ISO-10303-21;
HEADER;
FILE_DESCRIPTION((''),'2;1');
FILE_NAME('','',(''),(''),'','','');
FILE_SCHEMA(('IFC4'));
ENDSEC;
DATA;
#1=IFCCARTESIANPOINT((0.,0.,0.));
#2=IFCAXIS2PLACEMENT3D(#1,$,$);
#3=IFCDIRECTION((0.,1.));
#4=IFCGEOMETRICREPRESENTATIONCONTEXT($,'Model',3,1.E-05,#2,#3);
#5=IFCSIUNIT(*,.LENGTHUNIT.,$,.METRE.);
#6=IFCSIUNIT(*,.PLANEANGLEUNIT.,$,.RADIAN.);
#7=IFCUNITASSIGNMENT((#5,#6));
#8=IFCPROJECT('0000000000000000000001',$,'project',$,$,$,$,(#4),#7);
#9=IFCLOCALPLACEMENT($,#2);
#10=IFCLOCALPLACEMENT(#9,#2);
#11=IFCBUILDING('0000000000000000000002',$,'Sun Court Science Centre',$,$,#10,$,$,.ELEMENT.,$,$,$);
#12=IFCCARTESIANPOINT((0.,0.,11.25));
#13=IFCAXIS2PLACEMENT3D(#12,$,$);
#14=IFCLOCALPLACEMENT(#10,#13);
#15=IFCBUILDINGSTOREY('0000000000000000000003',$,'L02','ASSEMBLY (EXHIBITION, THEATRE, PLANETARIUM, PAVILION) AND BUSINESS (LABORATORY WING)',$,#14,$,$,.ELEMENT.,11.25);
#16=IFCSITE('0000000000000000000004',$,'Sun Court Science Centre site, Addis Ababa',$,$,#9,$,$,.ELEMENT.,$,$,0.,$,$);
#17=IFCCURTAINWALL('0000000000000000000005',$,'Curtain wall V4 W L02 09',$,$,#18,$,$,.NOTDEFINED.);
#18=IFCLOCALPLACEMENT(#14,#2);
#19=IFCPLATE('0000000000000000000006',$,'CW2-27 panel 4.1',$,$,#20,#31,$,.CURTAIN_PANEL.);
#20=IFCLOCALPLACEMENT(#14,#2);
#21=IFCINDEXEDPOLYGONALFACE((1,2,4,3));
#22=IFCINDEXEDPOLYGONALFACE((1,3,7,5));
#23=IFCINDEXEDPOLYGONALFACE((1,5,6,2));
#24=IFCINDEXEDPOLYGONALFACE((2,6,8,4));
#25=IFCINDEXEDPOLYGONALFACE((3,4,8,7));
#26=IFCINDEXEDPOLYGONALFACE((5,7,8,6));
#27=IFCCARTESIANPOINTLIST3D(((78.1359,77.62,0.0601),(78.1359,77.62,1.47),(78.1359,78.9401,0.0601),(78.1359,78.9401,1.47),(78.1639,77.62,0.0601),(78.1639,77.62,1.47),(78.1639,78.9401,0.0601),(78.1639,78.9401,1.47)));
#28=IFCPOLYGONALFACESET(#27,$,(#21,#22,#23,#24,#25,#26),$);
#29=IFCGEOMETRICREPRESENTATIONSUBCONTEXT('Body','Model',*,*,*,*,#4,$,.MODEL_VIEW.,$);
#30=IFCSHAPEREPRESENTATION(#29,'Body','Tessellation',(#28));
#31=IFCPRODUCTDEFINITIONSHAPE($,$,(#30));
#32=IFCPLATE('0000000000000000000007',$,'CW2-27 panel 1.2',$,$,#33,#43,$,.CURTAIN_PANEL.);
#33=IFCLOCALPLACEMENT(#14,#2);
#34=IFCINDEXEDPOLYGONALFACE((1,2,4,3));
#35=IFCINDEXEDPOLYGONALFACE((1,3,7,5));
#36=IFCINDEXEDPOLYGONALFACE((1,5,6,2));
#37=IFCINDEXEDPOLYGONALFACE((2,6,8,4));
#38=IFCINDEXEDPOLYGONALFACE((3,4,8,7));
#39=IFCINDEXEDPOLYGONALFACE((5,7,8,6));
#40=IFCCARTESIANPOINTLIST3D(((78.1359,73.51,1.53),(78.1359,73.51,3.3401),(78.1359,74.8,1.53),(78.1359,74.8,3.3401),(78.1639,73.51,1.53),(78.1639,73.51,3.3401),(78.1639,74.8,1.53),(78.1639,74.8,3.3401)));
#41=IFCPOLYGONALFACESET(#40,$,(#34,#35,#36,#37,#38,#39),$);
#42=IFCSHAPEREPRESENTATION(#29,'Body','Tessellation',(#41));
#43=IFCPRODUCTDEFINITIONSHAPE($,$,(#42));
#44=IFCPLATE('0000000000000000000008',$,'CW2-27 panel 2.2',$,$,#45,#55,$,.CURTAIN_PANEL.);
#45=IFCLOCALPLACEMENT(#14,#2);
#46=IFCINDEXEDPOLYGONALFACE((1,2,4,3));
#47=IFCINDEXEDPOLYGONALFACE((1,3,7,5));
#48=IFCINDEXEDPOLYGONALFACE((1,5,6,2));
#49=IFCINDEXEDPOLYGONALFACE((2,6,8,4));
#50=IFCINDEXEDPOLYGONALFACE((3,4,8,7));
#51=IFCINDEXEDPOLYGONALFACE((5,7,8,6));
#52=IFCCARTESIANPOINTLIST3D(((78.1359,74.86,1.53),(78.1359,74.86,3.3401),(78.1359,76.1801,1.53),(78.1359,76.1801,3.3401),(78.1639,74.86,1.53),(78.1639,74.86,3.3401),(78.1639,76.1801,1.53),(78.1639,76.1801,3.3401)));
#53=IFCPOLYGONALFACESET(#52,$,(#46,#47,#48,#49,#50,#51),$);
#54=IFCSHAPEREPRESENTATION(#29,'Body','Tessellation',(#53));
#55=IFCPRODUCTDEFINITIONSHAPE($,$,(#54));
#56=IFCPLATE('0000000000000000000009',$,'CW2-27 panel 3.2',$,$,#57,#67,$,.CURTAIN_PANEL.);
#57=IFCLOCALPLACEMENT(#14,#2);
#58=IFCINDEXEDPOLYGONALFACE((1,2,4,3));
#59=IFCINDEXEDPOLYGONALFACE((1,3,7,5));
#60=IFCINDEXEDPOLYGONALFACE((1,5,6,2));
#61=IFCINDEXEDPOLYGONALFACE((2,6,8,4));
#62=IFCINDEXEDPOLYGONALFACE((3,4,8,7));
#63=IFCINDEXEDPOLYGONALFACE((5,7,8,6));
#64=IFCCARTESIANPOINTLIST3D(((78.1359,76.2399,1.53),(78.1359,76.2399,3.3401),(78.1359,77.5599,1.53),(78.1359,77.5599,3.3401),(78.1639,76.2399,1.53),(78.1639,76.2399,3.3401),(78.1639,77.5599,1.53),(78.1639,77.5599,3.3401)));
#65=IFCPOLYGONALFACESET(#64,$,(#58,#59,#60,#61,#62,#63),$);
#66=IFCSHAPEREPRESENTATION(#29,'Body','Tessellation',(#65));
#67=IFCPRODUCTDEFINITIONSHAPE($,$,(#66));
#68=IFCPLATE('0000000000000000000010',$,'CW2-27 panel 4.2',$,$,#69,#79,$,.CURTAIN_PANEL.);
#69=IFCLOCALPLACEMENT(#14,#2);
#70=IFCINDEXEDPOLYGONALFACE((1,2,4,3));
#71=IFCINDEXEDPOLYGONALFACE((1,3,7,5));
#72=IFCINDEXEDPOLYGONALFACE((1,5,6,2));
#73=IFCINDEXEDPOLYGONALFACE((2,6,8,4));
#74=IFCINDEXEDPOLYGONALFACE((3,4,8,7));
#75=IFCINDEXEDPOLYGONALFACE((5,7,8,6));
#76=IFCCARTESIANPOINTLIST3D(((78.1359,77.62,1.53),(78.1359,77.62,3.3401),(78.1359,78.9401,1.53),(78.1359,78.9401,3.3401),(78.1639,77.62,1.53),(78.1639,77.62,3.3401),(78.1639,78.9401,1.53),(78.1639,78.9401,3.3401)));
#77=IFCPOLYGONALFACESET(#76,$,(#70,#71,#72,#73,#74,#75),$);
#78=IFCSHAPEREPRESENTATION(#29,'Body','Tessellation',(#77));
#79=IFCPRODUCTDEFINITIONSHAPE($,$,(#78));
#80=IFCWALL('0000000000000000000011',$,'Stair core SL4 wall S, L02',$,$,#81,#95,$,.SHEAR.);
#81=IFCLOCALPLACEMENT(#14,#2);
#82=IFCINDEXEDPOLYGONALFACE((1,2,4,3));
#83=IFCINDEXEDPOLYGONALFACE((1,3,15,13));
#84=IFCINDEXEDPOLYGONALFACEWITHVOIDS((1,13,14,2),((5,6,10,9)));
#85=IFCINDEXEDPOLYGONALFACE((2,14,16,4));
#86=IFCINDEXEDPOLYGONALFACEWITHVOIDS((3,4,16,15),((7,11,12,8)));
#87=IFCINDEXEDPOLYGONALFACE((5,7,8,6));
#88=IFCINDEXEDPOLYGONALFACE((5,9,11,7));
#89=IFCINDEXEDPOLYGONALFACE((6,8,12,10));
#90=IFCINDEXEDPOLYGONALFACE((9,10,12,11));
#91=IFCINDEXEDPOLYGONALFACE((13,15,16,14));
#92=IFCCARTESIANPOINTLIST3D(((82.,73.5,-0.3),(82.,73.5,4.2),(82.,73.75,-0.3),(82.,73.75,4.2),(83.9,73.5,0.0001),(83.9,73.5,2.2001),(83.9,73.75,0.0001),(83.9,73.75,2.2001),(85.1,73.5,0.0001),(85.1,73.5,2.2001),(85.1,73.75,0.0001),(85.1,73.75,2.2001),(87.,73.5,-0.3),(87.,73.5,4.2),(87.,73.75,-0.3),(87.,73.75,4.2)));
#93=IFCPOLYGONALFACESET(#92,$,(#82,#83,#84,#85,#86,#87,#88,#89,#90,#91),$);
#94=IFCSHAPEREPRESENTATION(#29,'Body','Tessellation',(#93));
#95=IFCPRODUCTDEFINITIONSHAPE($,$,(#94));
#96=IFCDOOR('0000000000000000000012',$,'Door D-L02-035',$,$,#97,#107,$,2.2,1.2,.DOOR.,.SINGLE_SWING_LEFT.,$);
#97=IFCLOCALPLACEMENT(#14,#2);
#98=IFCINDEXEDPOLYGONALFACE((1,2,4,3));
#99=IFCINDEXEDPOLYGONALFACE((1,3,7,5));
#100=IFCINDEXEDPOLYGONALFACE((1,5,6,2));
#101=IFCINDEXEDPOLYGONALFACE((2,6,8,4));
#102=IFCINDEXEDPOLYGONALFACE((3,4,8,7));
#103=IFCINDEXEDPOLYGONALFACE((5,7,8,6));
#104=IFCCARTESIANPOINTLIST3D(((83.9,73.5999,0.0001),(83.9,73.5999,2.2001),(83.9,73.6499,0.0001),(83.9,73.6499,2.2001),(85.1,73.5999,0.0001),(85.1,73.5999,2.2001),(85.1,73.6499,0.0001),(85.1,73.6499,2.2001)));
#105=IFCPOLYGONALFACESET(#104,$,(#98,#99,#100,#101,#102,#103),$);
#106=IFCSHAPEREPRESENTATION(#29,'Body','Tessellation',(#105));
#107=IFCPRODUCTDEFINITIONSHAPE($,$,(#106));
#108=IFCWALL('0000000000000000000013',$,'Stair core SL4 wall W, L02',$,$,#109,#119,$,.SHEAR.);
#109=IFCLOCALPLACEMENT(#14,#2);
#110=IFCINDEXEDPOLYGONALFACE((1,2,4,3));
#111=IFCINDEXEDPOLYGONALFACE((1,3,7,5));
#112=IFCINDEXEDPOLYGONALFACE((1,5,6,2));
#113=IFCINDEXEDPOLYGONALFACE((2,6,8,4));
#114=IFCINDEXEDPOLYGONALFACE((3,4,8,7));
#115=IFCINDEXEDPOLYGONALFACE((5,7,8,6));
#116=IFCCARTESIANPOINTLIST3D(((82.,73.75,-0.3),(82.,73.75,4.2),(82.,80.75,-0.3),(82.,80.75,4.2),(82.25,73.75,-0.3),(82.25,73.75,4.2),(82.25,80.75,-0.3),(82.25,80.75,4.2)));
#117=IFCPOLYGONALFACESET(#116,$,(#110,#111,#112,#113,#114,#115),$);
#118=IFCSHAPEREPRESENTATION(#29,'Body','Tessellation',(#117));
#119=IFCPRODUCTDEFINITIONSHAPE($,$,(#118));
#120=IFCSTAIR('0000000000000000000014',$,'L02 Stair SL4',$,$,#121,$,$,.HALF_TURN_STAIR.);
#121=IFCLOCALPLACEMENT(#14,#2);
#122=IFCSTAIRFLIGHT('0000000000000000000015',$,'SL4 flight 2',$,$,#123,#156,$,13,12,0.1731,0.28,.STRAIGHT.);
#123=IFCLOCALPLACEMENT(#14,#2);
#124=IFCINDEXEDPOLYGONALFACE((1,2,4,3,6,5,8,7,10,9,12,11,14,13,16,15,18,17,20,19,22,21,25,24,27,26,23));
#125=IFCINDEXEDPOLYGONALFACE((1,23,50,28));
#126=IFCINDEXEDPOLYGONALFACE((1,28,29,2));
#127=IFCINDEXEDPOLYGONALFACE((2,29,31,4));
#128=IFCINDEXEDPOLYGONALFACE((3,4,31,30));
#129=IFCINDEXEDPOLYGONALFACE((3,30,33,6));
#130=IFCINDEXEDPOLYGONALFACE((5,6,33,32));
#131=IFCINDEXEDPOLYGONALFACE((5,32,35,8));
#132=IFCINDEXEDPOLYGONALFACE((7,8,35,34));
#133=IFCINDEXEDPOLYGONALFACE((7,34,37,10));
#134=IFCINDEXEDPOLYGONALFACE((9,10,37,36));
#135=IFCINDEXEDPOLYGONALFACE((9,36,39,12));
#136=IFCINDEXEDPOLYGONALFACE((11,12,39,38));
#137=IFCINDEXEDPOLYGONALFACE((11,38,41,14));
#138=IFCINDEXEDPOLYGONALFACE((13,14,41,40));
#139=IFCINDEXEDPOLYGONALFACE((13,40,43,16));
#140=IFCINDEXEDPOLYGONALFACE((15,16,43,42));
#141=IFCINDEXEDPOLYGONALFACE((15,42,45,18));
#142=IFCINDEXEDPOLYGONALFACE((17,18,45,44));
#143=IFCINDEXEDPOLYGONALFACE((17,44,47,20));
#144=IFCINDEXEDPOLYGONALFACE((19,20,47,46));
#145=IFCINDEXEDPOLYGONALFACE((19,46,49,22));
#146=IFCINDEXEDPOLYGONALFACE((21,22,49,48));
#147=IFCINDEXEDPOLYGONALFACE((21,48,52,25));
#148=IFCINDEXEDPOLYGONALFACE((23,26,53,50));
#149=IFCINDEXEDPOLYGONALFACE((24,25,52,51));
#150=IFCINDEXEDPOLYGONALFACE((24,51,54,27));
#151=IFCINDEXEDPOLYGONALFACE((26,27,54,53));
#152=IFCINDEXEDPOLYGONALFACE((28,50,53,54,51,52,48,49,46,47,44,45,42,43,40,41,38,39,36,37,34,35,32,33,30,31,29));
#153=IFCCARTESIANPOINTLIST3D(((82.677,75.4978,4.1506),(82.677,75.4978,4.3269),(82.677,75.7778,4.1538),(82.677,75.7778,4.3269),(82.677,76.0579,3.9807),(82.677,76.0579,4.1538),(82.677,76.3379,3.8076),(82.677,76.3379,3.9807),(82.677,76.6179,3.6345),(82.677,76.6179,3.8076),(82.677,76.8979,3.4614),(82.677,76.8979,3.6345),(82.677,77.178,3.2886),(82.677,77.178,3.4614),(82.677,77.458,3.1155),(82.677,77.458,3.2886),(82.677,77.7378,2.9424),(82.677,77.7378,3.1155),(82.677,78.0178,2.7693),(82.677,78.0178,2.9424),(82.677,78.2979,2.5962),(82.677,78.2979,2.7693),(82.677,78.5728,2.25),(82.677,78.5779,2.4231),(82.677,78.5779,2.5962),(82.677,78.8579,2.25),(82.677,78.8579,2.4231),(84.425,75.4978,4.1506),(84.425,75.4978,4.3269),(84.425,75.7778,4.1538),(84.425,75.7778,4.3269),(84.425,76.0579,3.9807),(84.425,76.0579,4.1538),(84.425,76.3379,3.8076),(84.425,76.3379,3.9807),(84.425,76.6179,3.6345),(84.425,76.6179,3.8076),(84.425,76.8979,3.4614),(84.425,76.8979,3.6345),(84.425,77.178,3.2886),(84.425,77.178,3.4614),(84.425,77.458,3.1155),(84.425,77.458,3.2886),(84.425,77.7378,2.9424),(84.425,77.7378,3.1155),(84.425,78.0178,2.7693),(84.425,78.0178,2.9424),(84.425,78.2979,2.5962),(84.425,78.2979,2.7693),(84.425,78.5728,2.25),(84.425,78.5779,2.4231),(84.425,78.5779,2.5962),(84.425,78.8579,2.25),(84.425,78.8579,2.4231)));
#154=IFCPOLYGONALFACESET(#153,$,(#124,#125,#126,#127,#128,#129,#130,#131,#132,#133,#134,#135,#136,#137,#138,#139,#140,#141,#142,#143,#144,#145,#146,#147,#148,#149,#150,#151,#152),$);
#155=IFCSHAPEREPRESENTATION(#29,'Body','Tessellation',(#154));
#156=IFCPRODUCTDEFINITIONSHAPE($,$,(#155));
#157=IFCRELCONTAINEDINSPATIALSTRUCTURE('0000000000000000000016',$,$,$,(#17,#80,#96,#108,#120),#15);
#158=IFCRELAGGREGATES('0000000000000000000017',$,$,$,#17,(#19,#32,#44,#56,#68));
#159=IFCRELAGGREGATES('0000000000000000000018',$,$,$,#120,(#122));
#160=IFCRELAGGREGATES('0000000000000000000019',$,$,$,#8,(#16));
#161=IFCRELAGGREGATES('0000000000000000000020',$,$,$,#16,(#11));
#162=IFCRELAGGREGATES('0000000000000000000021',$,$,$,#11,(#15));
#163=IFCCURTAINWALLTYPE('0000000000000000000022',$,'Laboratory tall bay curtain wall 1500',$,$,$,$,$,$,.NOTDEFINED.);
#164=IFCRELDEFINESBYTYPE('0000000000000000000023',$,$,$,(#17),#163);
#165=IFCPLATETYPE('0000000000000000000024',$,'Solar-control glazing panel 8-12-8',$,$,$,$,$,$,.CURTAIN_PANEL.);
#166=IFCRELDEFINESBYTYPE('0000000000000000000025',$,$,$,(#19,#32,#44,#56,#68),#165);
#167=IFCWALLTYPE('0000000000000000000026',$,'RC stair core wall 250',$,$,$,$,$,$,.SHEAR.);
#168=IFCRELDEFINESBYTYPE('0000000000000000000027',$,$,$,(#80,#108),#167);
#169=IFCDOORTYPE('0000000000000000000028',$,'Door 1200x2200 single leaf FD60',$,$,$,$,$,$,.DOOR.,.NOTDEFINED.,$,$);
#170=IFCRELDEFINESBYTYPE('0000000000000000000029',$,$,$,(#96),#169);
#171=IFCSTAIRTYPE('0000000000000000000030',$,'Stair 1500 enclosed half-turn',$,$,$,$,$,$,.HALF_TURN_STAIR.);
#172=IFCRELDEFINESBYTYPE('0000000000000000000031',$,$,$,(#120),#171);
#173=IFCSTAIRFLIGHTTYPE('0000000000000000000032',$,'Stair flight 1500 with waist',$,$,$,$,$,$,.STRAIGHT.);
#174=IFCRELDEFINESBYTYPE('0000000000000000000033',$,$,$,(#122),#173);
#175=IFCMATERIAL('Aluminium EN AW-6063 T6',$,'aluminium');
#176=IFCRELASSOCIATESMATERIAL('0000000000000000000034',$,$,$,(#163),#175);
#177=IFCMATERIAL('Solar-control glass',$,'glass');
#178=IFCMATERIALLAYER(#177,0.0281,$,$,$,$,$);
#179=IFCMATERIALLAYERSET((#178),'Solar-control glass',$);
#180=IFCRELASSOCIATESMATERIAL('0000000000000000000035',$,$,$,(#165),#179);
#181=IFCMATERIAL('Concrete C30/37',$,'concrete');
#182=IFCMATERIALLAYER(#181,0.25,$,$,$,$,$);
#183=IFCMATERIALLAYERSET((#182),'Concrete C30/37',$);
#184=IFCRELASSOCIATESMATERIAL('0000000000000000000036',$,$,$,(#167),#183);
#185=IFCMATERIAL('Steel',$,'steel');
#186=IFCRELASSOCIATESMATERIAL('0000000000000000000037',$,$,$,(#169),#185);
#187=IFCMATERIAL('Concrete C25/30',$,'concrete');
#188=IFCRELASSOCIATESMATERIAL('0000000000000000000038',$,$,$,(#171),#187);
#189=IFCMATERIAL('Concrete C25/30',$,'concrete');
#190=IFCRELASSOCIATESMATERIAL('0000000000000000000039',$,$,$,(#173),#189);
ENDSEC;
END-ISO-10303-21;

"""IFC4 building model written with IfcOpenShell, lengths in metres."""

from ifc_helpers import new_model, si_unit, direction, frame, frame_2d, origin, origin_2d, place, context, subcontext, project, spatial, polyline, rectangle, outline, extrude, material, layer, layer_set, type_object, element, fill, aggregate, save


model = new_model("IFC4")

# Units and contexts
model_context = context("Model", 3, precision=1e-05, world=origin(), true_north=direction((0.0, 1.0)))
body_context = subcontext(model_context, "Body", "Model", "MODEL_VIEW")
ifc_project = project(units=[si_unit("LENGTHUNIT", "METRE"), si_unit("PLANEANGLEUNIT", "RADIAN")], contexts=[model_context])

# Site, building, storey
site_placement = place(None, origin())
site = spatial("IfcSite", under=ifc_project, at=site_placement, Name="Sun Court Science Centre site, Addis Ababa", CompositionType="ELEMENT", RefElevation=0.0)
building_placement = place(site_placement, origin())
building = spatial("IfcBuilding", under=site, at=building_placement, Name="Sun Court Science Centre", CompositionType="ELEMENT")
storey_placement = place(building_placement, frame((0.0, 0.0, 11.25)))
storey = spatial("IfcBuildingStorey", under=building, at=storey_placement, Name="L02", Description="ASSEMBLY (EXHIBITION, THEATRE, PLANETARIUM, PAVILION) AND BUSINESS (LABORATORY WING)", CompositionType="ELEMENT", Elevation=11.25)

# Curtain wall
ifc_material_1 = material(Name="Aluminium EN AW-6063 T6", Category="aluminium")
curtain_wall_type = type_object("IfcCurtainWallType", Name="Laboratory tall bay curtain wall 1500", PredefinedType="NOTDEFINED", material=ifc_material_1)
curtain_wall_placement = place(storey_placement, origin())
curtain_wall = element("IfcCurtainWall", 1, at=curtain_wall_placement, inside=storey, type_object=curtain_wall_type, Name="Curtain wall V4 W L02 09", PredefinedType="NOTDEFINED")

# Plates
ifc_material_2 = material(Name="Solar-control glass", Category="glass")
ifc_layer_1 = layer(ifc_material_2, 0.0281)
ifc_layer_set_1 = layer_set([ifc_layer_1], Name="Solar-control glass")
plate_type = type_object("IfcPlateType", Name="Solar-control glazing panel 8-12-8", PredefinedType="CURTAIN_PANEL", material=ifc_layer_set_1)
plate_1_placement = place(storey_placement, frame((78.1499, 78.28, 0.0601), z_axis=(0.0, 0.0, 1.0), x_axis=(0.0, 1.0, 0.0)))
plate_1 = element("IfcPlate", 2, at=plate_1_placement, type_object=plate_type, Name="CW2-27 panel 4.1", PredefinedType="CURTAIN_PANEL", context=body_context, shape_type="SweptSolid", body=[
    extrude(rectangle(XDim=1.3201, YDim=0.0281, at=origin_2d()), origin(), (0.0, 0.0, 1.0), 1.4099),
])
plate_2_placement = place(storey_placement, frame((78.1499, 74.155, 1.53), z_axis=(0.0, 0.0, 1.0), x_axis=(0.0, 1.0, 0.0)))
plate_2 = element("IfcPlate", 3, at=plate_2_placement, type_object=plate_type, Name="CW2-27 panel 1.2", PredefinedType="CURTAIN_PANEL", context=body_context, shape_type="SweptSolid", body=[
    extrude(rectangle(XDim=1.29, YDim=0.0281, at=origin_2d()), origin(), (0.0, 0.0, 1.0), 1.8101),
])
plate_3_placement = place(storey_placement, frame((78.1499, 75.52, 1.53), z_axis=(0.0, 0.0, 1.0), x_axis=(0.0, 1.0, 0.0)))
plate_3 = element("IfcPlate", 4, at=plate_3_placement, type_object=plate_type, Name="CW2-27 panel 2.2", PredefinedType="CURTAIN_PANEL", context=body_context, shape_type="SweptSolid", body=[
    extrude(rectangle(XDim=1.3201, YDim=0.0281, at=origin_2d()), origin(), (0.0, 0.0, 1.0), 1.8101),
])
plate_4_placement = place(storey_placement, frame((78.1499, 76.8999, 1.53), z_axis=(0.0, 0.0, 1.0), x_axis=(0.0, 1.0, 0.0)))
plate_4 = element("IfcPlate", 5, at=plate_4_placement, type_object=plate_type, Name="CW2-27 panel 3.2", PredefinedType="CURTAIN_PANEL", context=body_context, shape_type="SweptSolid", body=[
    extrude(rectangle(XDim=1.3201, YDim=0.0281, at=origin_2d()), origin(), (0.0, 0.0, 1.0), 1.8101),
])
plate_5_placement = place(storey_placement, frame((78.1499, 78.28, 1.53), z_axis=(0.0, 0.0, 1.0), x_axis=(0.0, 1.0, 0.0)))
plate_5 = element("IfcPlate", 6, at=plate_5_placement, type_object=plate_type, Name="CW2-27 panel 4.2", PredefinedType="CURTAIN_PANEL", context=body_context, shape_type="SweptSolid", body=[
    extrude(rectangle(XDim=1.3201, YDim=0.0281, at=origin_2d()), origin(), (0.0, 0.0, 1.0), 1.8101),
])
aggregate(curtain_wall, [plate_1, plate_2, plate_3, plate_4, plate_5])

# Wall, opening, door
ifc_material_3 = material(Name="Concrete C30/37", Category="concrete")
ifc_layer_2 = layer(ifc_material_3, 0.25)
ifc_layer_set_2 = layer_set([ifc_layer_2], Name="Concrete C30/37")
wall_type = type_object("IfcWallType", Name="RC stair core wall 250", PredefinedType="SHEAR", material=ifc_layer_set_2)
wall_1_placement = place(storey_placement, frame((82.0, 73.625, -0.3), z_axis=(0.0, 0.0, 1.0), x_axis=(1.0, 0.0, 0.0)))
wall_1 = element("IfcWall", 7, at=wall_1_placement, inside=storey, type_object=wall_type, Name="Stair core SL4 wall S, L02", PredefinedType="SHEAR", context=body_context, shape_type="SweptSolid", body=[
    extrude(rectangle(XDim=5.0, YDim=0.25, at=frame_2d((2.5, 0.0))), origin(), (0.0, 0.0, 1.0), 4.5),
])
opening_placement = place(wall_1_placement, frame((1.8999, 0.0, 0.3)))
opening = element("IfcOpeningElement", 8, at=opening_placement, cuts=wall_1, PredefinedType="OPENING", context=body_context, shape_type="SweptSolid", body=[
    extrude(rectangle(XDim=1.2, YDim=2.2, at=frame_2d((0.6001, 1.1001))), frame((0.0, 0.135, 0.0), z_axis=(0.0, -1.0, 0.0), x_axis=(1.0, 0.0, 0.0)), (0.0, 0.0, 1.0), 0.27),
])
ifc_material_4 = material(Name="Steel", Category="steel")
door_type = type_object("IfcDoorType", Name="Door 1200x2200 single leaf FD60", OperationType="NOTDEFINED", PredefinedType="DOOR", material=ifc_material_4)
door_placement = place(opening_placement, origin())
door = element("IfcDoor", 9, at=door_placement, inside=storey, type_object=door_type, Name="Door D-L02-035", OperationType="SINGLE_SWING_LEFT", OverallHeight=2.2, OverallWidth=1.2, PredefinedType="DOOR", context=body_context, shape_type="SweptSolid", body=[
    extrude(rectangle(XDim=1.2, YDim=2.2, at=frame_2d((0.6001, 1.1001))), frame((0.0, 0.0249, 0.0), z_axis=(0.0, -1.0, 0.0), x_axis=(1.0, 0.0, 0.0)), (0.0, 0.0, 1.0), 0.05),
])
fill(opening, door)

# Wall
wall_2_placement = place(storey_placement, frame((82.125, 73.75, -0.3), z_axis=(0.0, 0.0, 1.0), x_axis=(0.0, 1.0, 0.0)))
element("IfcWall", 10, at=wall_2_placement, inside=storey, type_object=wall_type, Name="Stair core SL4 wall W, L02", PredefinedType="SHEAR", context=body_context, shape_type="SweptSolid", body=[
    extrude(rectangle(XDim=7.0, YDim=0.25, at=frame_2d((3.5, 0.0))), origin(), (0.0, 0.0, 1.0), 4.5),
])

# Stair, stair flight
ifc_material_5 = material(Name="Concrete C25/30", Category="concrete")
stair_type = type_object("IfcStairType", Name="Stair 1500 enclosed half-turn", PredefinedType="HALF_TURN_STAIR", material=ifc_material_5)
stair_placement = place(storey_placement, origin())
stair = element("IfcStair", 11, at=stair_placement, inside=storey, type_object=stair_type, Name="L02 Stair SL4", PredefinedType="HALF_TURN_STAIR")
ifc_material_6 = material(Name="Concrete C25/30", Category="concrete")
stair_flight_type = type_object("IfcStairFlightType", Name="Stair flight 1500 with waist", PredefinedType="STRAIGHT", material=ifc_material_6)
stair_flight_placement = place(storey_placement, frame((83.551, 78.8579, 2.25), z_axis=(0.0, 0.0, 1.0), x_axis=(0.0, -1.0, 0.0)))
stair_flight = element("IfcStairFlight", 12, at=stair_flight_placement, type_object=stair_flight_type, Name="SL4 flight 2", NumberOfRisers=13, NumberOfTreads=12, PredefinedType="STRAIGHT", RiserHeight=0.1731, TreadLength=0.28, context=body_context, shape_type="SweptSolid", body=[
    extrude(outline(polyline([(0.0, 0.0), (0.0, 0.1731), (0.28, 0.1731), (0.28, 0.3462), (0.5601, 0.3462), (0.5601, 0.5193), (0.8401, 0.5193), (0.8401, 0.6924), (1.1201, 0.6924), (1.1201, 0.8655), (1.3999, 0.8655), (1.3999, 1.0386), (1.6799, 1.0386), (1.6799, 1.2114), (1.96, 1.2114), (1.96, 1.3845), (2.24, 1.3845), (2.24, 1.5576), (2.52, 1.5576), (2.52, 1.7307), (2.8, 1.7307), (2.8, 1.9038), (3.0801, 1.9038), (3.0801, 2.0769), (3.3601, 2.0769), (3.3601, 2.25), (3.3601, 1.9006), (0.2852, 0.0), (0.0, 0.0)])), frame((0.0, 0.874, 0.0), z_axis=(0.0, -1.0, 0.0), x_axis=(1.0, 0.0, 0.0)), (0.0, 0.0, 1.0), 1.748),
])
aggregate(stair, [stair_flight])

save(model, "model.ifc")
